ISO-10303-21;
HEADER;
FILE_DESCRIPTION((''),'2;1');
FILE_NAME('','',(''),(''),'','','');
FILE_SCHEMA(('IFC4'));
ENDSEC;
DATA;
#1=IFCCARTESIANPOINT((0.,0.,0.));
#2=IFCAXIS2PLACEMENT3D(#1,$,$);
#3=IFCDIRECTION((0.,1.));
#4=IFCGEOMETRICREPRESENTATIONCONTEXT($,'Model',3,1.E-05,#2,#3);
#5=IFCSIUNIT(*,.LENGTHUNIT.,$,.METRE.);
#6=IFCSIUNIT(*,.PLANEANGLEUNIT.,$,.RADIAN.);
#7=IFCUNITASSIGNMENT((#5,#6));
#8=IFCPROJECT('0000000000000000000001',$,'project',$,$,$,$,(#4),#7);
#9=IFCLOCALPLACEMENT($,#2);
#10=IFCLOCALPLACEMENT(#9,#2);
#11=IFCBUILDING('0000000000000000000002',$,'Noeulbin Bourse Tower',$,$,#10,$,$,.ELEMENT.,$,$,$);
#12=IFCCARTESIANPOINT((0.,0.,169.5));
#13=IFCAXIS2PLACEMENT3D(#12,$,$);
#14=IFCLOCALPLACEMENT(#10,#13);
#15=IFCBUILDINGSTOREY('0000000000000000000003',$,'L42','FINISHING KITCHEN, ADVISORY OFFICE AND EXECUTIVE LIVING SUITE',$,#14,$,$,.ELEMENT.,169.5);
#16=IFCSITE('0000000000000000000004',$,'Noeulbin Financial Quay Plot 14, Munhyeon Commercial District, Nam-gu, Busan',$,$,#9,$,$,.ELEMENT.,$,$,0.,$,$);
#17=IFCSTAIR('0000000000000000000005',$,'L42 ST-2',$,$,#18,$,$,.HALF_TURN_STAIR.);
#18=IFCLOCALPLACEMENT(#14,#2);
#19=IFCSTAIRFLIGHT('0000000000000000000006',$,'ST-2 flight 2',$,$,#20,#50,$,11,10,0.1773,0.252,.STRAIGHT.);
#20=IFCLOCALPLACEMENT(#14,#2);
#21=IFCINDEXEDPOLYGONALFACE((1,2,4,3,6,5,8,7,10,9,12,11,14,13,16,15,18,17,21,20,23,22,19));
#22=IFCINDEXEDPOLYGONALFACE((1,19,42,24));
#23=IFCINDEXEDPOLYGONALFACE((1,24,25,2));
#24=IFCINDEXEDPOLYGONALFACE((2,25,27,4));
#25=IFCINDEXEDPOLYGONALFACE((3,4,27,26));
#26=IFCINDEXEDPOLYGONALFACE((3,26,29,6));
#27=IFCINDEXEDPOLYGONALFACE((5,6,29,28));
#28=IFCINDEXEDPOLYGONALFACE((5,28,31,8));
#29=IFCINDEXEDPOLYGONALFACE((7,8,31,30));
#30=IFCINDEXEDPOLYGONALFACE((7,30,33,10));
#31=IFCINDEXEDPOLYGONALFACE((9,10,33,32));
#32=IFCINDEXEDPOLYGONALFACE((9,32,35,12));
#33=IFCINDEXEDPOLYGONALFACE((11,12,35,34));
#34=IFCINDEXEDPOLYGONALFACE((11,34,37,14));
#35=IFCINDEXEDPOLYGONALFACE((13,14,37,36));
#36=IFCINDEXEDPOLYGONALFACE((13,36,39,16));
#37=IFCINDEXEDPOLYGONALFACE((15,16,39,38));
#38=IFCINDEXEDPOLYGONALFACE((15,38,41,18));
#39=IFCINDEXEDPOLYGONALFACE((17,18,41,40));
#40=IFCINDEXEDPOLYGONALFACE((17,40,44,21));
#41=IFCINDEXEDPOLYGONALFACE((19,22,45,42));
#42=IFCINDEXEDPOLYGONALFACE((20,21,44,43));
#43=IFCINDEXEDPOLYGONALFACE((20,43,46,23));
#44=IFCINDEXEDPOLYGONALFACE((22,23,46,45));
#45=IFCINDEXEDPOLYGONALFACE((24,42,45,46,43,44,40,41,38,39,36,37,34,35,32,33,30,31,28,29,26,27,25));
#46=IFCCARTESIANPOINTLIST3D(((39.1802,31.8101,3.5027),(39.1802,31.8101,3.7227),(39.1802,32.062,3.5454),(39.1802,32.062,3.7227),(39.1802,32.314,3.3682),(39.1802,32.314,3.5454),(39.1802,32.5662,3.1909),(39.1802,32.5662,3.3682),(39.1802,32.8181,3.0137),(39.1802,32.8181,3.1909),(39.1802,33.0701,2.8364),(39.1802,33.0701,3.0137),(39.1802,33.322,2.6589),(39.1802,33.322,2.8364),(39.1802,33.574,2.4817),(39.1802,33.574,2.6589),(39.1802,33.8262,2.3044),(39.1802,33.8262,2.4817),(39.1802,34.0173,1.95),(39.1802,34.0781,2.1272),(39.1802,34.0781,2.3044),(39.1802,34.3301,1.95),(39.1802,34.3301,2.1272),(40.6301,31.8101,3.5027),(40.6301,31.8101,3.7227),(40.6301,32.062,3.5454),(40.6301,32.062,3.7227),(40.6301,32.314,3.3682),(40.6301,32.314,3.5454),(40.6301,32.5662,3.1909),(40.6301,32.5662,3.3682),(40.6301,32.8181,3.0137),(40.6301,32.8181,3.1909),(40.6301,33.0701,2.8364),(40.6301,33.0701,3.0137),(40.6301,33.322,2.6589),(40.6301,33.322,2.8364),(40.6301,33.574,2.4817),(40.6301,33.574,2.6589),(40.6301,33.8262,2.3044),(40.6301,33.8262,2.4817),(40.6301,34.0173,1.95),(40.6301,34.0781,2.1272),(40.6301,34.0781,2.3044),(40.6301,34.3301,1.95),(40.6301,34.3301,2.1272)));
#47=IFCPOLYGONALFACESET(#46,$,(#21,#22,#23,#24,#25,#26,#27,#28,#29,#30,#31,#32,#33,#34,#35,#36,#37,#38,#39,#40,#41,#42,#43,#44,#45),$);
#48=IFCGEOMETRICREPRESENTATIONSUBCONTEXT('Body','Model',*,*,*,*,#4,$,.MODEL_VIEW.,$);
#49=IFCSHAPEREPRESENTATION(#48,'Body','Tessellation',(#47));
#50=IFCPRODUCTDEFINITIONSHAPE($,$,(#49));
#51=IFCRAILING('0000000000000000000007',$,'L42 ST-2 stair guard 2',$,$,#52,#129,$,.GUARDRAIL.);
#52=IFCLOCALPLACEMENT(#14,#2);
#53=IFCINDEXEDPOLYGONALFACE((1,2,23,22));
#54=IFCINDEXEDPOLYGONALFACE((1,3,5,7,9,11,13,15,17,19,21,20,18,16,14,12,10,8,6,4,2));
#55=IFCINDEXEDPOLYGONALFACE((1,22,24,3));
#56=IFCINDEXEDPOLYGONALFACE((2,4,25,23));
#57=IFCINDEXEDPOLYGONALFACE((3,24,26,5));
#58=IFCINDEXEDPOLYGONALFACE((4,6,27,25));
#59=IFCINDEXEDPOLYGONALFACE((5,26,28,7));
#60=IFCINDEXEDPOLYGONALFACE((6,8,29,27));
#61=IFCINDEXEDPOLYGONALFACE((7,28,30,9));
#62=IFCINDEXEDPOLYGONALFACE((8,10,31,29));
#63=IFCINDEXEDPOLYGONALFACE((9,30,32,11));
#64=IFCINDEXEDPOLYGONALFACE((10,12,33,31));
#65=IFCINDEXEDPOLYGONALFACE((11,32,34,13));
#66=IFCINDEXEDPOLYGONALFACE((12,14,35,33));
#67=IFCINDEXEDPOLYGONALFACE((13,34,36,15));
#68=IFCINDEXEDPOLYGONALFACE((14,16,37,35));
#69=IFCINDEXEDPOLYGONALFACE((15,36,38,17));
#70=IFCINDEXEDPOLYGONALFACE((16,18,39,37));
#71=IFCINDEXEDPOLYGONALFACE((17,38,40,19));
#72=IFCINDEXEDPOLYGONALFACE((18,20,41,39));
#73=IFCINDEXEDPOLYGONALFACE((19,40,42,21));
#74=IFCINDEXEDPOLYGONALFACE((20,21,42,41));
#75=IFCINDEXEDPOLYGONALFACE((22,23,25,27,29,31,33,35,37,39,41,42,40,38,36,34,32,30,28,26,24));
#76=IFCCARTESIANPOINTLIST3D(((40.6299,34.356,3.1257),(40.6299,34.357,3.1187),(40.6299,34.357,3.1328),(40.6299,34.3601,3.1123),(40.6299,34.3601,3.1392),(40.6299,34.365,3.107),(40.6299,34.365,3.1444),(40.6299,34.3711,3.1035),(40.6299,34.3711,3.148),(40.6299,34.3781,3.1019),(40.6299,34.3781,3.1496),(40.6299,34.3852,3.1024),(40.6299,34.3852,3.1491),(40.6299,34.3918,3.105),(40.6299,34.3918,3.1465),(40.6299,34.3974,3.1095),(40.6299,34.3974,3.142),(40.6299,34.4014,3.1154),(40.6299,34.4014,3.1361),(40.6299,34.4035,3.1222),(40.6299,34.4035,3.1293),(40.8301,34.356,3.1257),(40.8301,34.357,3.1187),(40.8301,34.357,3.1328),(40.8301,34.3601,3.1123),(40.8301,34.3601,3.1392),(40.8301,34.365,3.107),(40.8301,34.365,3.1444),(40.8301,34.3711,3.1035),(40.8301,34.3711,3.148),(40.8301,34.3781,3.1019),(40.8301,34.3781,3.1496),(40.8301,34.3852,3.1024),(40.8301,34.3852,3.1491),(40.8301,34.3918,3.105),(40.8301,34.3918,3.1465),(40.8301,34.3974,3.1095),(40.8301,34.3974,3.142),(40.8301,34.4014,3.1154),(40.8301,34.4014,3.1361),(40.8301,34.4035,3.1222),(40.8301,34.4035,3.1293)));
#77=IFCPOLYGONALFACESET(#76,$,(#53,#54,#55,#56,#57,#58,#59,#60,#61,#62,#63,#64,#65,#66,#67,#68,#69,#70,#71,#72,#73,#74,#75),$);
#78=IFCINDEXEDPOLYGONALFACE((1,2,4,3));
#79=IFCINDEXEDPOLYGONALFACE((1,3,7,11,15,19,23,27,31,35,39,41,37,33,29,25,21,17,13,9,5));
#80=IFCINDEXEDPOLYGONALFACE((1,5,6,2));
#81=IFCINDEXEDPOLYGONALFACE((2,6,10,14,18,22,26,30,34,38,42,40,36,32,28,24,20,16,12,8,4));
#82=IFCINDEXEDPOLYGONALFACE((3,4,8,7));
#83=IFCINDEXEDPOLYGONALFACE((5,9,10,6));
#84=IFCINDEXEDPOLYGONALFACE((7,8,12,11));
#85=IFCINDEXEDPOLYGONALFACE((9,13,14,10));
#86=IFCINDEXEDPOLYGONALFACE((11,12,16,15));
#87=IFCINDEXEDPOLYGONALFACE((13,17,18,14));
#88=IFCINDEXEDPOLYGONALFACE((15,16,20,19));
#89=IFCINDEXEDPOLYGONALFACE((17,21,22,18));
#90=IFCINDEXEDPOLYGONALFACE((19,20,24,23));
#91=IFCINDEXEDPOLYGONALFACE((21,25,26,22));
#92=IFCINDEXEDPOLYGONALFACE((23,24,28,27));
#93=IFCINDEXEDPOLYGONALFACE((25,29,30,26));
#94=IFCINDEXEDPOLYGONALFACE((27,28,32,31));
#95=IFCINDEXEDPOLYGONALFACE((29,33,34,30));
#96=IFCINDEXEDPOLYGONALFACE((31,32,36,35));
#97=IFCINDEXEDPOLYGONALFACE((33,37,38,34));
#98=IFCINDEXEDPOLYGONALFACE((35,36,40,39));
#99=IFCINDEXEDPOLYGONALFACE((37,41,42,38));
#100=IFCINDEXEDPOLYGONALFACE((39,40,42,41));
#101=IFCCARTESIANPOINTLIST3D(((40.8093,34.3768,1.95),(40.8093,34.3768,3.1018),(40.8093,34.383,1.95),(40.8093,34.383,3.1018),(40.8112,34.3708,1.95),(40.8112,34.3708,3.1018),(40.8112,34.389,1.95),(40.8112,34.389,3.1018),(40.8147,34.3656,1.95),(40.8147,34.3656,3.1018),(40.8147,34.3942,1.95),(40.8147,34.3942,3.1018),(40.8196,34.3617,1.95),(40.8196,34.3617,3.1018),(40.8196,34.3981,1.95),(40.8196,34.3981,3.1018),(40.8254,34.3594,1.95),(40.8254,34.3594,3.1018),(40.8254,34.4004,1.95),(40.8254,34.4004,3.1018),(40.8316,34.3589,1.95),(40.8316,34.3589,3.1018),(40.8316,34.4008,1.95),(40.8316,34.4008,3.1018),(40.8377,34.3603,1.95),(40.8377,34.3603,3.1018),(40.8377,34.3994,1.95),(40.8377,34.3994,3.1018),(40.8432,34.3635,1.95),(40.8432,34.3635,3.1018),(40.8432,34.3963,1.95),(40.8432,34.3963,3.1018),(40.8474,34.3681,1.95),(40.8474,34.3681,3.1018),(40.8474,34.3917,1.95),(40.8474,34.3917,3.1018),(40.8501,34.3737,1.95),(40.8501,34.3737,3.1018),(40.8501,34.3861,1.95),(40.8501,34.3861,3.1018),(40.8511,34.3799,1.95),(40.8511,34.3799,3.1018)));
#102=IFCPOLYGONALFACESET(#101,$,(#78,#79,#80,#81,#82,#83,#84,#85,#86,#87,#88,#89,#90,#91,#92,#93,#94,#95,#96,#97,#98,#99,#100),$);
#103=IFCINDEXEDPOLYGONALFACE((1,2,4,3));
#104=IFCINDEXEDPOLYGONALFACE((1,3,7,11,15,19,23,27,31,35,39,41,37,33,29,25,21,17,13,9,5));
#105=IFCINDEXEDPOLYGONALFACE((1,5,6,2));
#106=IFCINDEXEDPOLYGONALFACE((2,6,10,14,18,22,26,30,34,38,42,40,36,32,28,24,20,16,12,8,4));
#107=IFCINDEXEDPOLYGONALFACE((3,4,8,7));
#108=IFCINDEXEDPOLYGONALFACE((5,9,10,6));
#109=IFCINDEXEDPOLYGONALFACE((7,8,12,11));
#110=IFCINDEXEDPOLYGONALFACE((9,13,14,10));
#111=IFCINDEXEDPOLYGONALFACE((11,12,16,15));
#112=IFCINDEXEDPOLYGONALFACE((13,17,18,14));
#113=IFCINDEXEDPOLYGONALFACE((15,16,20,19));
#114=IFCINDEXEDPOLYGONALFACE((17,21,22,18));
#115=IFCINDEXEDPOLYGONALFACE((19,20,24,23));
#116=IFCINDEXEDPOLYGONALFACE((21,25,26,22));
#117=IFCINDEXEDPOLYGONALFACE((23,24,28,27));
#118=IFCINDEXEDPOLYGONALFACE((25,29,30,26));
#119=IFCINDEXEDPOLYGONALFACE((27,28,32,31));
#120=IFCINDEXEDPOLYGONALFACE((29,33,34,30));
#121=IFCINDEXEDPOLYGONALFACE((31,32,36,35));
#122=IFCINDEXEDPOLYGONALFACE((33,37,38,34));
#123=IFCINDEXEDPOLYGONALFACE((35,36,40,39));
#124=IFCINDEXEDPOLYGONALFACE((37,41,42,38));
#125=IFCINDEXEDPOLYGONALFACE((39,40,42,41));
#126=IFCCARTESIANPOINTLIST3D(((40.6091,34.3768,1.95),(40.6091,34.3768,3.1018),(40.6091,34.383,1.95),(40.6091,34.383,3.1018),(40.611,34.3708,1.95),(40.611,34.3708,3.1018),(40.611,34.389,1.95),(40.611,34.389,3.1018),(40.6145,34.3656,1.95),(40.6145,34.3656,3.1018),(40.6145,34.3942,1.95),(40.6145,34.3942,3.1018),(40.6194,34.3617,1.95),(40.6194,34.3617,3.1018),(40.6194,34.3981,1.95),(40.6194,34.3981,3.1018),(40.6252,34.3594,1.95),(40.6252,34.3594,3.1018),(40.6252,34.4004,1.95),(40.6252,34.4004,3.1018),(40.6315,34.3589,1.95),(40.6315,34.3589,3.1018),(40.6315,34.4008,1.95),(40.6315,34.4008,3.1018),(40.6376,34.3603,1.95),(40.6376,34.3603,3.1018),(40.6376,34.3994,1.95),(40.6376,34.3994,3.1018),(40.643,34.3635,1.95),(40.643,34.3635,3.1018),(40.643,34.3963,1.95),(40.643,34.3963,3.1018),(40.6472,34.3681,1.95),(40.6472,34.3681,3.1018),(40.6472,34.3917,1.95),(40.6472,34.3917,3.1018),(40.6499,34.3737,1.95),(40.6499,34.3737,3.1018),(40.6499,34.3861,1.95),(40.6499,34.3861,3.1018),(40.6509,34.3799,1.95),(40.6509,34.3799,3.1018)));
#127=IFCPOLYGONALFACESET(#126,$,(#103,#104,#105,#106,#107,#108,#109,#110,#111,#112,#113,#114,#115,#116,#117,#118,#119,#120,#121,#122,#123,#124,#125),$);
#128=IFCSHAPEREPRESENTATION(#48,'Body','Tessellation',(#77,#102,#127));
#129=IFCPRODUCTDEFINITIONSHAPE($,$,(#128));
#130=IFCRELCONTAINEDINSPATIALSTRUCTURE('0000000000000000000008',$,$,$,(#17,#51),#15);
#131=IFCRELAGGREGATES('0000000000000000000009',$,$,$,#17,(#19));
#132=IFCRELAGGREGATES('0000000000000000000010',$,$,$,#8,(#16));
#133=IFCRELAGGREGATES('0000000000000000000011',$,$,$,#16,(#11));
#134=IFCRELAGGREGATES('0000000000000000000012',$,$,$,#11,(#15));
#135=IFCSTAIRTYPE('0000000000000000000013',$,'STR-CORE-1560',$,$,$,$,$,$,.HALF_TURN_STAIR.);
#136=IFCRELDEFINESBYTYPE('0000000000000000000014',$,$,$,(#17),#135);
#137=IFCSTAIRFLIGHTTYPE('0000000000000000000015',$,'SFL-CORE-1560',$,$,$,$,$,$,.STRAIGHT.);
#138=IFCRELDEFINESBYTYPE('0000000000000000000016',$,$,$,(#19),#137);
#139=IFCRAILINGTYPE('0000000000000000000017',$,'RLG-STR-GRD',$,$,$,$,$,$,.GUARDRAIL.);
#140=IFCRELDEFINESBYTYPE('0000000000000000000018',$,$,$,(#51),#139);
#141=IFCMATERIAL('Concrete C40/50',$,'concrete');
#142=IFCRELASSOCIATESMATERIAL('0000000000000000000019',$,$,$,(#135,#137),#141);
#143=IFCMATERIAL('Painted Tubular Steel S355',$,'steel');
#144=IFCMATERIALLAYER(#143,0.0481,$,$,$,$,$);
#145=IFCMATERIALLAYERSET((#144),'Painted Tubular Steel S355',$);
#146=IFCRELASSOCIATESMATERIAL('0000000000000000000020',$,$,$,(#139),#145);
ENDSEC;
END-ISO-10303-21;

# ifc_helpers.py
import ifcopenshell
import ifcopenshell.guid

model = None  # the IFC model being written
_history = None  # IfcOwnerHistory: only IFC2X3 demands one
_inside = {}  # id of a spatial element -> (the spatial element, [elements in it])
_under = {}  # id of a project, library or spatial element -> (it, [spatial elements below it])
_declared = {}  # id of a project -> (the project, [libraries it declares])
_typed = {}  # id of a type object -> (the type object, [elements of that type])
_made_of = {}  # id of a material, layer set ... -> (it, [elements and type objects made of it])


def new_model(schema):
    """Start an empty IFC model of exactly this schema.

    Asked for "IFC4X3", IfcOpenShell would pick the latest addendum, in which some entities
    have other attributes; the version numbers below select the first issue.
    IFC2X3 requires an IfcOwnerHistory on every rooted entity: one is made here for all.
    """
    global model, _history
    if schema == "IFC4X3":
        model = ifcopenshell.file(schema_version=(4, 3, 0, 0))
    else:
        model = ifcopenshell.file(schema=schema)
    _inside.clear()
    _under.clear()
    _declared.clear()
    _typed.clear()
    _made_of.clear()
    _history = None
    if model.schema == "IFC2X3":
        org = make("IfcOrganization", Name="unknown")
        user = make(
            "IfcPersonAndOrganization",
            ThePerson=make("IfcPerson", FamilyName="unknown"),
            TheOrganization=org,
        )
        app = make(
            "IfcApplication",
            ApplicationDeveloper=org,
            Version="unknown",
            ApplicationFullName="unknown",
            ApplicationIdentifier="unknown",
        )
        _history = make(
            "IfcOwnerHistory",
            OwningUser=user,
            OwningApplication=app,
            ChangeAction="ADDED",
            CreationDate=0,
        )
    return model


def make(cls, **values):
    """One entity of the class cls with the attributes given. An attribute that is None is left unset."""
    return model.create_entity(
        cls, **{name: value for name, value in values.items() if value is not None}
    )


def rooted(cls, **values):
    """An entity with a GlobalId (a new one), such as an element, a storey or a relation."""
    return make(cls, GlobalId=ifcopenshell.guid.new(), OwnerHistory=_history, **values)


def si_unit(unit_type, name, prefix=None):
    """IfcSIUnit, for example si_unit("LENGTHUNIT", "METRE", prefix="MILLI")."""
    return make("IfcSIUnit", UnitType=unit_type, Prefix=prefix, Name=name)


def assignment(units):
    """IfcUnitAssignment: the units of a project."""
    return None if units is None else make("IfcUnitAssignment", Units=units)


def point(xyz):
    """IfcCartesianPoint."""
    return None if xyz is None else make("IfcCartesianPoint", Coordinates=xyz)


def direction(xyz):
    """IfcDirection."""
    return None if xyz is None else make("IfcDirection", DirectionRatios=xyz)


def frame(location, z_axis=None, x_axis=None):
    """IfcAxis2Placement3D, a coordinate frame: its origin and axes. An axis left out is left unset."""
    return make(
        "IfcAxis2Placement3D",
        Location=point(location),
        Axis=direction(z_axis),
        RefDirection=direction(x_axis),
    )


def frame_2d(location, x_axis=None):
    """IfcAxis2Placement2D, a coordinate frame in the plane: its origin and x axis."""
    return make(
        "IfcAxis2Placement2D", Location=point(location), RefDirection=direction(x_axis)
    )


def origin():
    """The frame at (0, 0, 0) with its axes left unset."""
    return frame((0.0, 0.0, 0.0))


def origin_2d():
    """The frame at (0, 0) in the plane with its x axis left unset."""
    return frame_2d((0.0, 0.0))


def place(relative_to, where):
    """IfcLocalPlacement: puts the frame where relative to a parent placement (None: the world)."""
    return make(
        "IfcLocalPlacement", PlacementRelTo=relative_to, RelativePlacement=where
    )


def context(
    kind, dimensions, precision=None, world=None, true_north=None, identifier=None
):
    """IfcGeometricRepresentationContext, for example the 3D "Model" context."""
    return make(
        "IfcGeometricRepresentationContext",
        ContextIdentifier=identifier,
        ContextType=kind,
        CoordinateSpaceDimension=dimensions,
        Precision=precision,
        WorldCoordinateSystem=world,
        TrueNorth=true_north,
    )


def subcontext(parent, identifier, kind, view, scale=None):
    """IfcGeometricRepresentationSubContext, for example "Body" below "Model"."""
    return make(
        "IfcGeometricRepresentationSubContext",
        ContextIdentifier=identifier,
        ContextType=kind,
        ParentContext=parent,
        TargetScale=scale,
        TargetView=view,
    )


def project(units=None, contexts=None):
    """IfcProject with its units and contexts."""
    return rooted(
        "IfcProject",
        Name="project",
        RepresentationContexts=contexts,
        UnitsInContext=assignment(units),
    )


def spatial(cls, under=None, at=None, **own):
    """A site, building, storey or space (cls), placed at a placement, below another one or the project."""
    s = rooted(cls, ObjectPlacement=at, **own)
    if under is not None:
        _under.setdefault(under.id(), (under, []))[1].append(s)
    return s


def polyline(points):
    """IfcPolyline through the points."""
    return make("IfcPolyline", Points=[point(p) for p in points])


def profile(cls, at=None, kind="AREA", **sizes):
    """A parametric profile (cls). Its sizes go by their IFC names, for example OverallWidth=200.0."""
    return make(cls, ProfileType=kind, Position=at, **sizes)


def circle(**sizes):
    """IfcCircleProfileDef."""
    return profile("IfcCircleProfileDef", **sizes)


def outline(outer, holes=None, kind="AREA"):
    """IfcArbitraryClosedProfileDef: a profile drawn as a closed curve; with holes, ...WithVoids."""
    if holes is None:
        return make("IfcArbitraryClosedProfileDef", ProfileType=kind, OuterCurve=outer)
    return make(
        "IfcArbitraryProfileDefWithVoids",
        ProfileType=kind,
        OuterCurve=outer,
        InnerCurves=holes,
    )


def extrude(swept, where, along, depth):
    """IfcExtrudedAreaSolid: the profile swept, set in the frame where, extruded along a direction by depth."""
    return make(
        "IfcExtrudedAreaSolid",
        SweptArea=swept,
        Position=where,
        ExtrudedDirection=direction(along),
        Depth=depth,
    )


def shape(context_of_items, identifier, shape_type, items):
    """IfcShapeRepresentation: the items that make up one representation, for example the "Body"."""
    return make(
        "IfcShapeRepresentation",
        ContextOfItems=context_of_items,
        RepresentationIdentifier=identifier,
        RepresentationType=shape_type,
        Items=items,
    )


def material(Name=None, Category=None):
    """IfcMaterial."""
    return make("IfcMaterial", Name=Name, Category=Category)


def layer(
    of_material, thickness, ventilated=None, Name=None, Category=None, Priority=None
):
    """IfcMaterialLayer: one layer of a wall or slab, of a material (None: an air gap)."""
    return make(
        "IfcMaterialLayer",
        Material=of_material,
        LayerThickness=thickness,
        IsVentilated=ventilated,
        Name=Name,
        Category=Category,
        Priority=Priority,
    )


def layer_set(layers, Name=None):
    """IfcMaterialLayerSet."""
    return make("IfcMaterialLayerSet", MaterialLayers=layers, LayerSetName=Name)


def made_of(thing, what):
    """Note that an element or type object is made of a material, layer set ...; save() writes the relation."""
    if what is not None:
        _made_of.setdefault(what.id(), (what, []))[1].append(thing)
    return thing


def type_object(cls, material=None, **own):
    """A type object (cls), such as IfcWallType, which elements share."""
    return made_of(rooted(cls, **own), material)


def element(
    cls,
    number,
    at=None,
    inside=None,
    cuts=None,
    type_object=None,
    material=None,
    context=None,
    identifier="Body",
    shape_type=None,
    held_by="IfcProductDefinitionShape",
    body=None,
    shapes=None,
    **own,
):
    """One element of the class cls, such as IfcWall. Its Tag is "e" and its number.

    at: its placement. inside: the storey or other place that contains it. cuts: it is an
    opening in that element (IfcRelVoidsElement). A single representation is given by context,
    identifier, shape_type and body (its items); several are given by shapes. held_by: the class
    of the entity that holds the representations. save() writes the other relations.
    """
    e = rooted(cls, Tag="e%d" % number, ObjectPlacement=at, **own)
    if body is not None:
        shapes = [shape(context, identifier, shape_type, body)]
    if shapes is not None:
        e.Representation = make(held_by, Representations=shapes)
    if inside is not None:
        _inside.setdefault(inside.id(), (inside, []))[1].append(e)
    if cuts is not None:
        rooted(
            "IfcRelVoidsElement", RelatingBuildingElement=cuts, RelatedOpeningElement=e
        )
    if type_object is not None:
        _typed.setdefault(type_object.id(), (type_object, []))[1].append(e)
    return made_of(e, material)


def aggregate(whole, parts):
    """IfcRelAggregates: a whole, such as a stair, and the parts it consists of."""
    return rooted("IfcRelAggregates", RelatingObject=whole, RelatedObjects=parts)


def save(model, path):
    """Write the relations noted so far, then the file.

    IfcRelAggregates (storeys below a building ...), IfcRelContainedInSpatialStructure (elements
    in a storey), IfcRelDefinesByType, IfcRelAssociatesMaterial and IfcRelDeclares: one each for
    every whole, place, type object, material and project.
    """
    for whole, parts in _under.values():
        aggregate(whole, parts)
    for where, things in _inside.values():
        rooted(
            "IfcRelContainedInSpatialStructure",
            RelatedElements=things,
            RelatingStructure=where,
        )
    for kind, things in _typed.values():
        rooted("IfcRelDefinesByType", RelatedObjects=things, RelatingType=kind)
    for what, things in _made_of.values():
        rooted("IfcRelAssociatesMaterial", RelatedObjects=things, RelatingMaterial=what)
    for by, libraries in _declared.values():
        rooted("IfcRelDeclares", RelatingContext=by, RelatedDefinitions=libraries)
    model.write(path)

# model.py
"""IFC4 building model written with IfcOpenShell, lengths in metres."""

from ifc_helpers import new_model, si_unit, direction, frame, origin, origin_2d, place, context, subcontext, project, spatial, polyline, circle, outline, extrude, material, layer, layer_set, type_object, element, aggregate, save


model = new_model("IFC4")

# Units and contexts
model_context = context("Model", 3, precision=1e-05, world=origin(), true_north=direction((0.0, 1.0)))
body_context = subcontext(model_context, "Body", "Model", "MODEL_VIEW")
ifc_project = project(units=[si_unit("LENGTHUNIT", "METRE"), si_unit("PLANEANGLEUNIT", "RADIAN")], contexts=[model_context])

# Site, building, storey
site_placement = place(None, origin())
site = spatial("IfcSite", under=ifc_project, at=site_placement, Name="Noeulbin Financial Quay Plot 14, Munhyeon Commercial District, Nam-gu, Busan", CompositionType="ELEMENT", RefElevation=0.0)
building_placement = place(site_placement, origin())
building = spatial("IfcBuilding", under=site, at=building_placement, Name="Noeulbin Bourse Tower", CompositionType="ELEMENT")
storey_placement = place(building_placement, frame((0.0, 0.0, 169.5)))
storey = spatial("IfcBuildingStorey", under=building, at=storey_placement, Name="L42", Description="FINISHING KITCHEN, ADVISORY OFFICE AND EXECUTIVE LIVING SUITE", CompositionType="ELEMENT", Elevation=169.5)

# Shared definitions
ifc_material_1 = material(Name="Concrete C40/50", Category="concrete")

# Stair, stair flight
stair_type = type_object("IfcStairType", Name="STR-CORE-1560", PredefinedType="HALF_TURN_STAIR", material=ifc_material_1)
stair_placement = place(storey_placement, origin())
stair = element("IfcStair", 1, at=stair_placement, inside=storey, type_object=stair_type, Name="L42 ST-2", PredefinedType="HALF_TURN_STAIR")
stair_flight_type = type_object("IfcStairFlightType", Name="SFL-CORE-1560", PredefinedType="STRAIGHT", material=ifc_material_1)
stair_flight_placement = place(storey_placement, frame((39.905, 34.3301, 1.95), z_axis=(0.0, 0.0, 1.0), x_axis=(0.0, -1.0, 0.0)))
stair_flight = element("IfcStairFlight", 2, at=stair_flight_placement, type_object=stair_flight_type, Name="ST-2 flight 2", NumberOfRisers=11, NumberOfTreads=10, PredefinedType="STRAIGHT", RiserHeight=0.1773, TreadLength=0.252, context=body_context, shape_type="SweptSolid", body=[
    extrude(outline(polyline([(0.0, 0.0), (0.0, 0.1772), (0.252, 0.1772), (0.252, 0.3545), (0.5039, 0.3545), (0.5039, 0.5317), (0.7561, 0.5317), (0.7561, 0.709), (1.0081, 0.709), (1.0081, 0.8865), (1.26, 0.8865), (1.26, 1.0637), (1.512, 1.0637), (1.512, 1.241), (1.7639, 1.241), (1.7639, 1.4182), (2.0161, 1.4182), (2.0161, 1.5955), (2.2681, 1.5955), (2.2681, 1.7727), (2.52, 1.7727), (2.52, 1.95), (2.52, 1.5527), (0.3127, 0.0), (0.0, 0.0)])), frame((0.0, 0.7251, 0.0), z_axis=(0.0, -1.0, 0.0), x_axis=(1.0, 0.0, 0.0)), (0.0, 0.0, 1.0), 1.45),
])
aggregate(stair, [stair_flight])

# Railing
ifc_material_2 = material(Name="Painted Tubular Steel S355", Category="steel")
ifc_layer_1 = layer(ifc_material_2, 0.0481)
ifc_layer_set_1 = layer_set([ifc_layer_1], Name="Painted Tubular Steel S355")
railing_type_1 = type_object("IfcRailingType", Name="RLG-STR-GRD", PredefinedType="GUARDRAIL", material=ifc_layer_set_1)
railing_1_placement = place(storey_placement, frame((40.8301, 34.3799, 1.95)))
element("IfcRailing", 3, at=railing_1_placement, inside=storey, type_object=railing_type_1, Name="L42 ST-2 stair guard 2", PredefinedType="GUARDRAIL", context=body_context, shape_type="SweptSolid", body=[
    extrude(circle(Radius=0.0239, at=origin_2d()), frame((0.0, 0.0, 1.1758), z_axis=(-1.0, 0.0, 0.0), x_axis=(0.0, -1.0, 0.0)), (0.0, 0.0, 1.0), 0.2002),
    extrude(circle(Radius=0.021, at=origin_2d()), origin(), (0.0, 0.0, 1.0), 1.1519),
    extrude(circle(Radius=0.021, at=origin_2d()), frame((-0.2002, 0.0, 0.0)), (0.0, 0.0, 1.0), 1.1519),
])

save(model, "model.ifc")
